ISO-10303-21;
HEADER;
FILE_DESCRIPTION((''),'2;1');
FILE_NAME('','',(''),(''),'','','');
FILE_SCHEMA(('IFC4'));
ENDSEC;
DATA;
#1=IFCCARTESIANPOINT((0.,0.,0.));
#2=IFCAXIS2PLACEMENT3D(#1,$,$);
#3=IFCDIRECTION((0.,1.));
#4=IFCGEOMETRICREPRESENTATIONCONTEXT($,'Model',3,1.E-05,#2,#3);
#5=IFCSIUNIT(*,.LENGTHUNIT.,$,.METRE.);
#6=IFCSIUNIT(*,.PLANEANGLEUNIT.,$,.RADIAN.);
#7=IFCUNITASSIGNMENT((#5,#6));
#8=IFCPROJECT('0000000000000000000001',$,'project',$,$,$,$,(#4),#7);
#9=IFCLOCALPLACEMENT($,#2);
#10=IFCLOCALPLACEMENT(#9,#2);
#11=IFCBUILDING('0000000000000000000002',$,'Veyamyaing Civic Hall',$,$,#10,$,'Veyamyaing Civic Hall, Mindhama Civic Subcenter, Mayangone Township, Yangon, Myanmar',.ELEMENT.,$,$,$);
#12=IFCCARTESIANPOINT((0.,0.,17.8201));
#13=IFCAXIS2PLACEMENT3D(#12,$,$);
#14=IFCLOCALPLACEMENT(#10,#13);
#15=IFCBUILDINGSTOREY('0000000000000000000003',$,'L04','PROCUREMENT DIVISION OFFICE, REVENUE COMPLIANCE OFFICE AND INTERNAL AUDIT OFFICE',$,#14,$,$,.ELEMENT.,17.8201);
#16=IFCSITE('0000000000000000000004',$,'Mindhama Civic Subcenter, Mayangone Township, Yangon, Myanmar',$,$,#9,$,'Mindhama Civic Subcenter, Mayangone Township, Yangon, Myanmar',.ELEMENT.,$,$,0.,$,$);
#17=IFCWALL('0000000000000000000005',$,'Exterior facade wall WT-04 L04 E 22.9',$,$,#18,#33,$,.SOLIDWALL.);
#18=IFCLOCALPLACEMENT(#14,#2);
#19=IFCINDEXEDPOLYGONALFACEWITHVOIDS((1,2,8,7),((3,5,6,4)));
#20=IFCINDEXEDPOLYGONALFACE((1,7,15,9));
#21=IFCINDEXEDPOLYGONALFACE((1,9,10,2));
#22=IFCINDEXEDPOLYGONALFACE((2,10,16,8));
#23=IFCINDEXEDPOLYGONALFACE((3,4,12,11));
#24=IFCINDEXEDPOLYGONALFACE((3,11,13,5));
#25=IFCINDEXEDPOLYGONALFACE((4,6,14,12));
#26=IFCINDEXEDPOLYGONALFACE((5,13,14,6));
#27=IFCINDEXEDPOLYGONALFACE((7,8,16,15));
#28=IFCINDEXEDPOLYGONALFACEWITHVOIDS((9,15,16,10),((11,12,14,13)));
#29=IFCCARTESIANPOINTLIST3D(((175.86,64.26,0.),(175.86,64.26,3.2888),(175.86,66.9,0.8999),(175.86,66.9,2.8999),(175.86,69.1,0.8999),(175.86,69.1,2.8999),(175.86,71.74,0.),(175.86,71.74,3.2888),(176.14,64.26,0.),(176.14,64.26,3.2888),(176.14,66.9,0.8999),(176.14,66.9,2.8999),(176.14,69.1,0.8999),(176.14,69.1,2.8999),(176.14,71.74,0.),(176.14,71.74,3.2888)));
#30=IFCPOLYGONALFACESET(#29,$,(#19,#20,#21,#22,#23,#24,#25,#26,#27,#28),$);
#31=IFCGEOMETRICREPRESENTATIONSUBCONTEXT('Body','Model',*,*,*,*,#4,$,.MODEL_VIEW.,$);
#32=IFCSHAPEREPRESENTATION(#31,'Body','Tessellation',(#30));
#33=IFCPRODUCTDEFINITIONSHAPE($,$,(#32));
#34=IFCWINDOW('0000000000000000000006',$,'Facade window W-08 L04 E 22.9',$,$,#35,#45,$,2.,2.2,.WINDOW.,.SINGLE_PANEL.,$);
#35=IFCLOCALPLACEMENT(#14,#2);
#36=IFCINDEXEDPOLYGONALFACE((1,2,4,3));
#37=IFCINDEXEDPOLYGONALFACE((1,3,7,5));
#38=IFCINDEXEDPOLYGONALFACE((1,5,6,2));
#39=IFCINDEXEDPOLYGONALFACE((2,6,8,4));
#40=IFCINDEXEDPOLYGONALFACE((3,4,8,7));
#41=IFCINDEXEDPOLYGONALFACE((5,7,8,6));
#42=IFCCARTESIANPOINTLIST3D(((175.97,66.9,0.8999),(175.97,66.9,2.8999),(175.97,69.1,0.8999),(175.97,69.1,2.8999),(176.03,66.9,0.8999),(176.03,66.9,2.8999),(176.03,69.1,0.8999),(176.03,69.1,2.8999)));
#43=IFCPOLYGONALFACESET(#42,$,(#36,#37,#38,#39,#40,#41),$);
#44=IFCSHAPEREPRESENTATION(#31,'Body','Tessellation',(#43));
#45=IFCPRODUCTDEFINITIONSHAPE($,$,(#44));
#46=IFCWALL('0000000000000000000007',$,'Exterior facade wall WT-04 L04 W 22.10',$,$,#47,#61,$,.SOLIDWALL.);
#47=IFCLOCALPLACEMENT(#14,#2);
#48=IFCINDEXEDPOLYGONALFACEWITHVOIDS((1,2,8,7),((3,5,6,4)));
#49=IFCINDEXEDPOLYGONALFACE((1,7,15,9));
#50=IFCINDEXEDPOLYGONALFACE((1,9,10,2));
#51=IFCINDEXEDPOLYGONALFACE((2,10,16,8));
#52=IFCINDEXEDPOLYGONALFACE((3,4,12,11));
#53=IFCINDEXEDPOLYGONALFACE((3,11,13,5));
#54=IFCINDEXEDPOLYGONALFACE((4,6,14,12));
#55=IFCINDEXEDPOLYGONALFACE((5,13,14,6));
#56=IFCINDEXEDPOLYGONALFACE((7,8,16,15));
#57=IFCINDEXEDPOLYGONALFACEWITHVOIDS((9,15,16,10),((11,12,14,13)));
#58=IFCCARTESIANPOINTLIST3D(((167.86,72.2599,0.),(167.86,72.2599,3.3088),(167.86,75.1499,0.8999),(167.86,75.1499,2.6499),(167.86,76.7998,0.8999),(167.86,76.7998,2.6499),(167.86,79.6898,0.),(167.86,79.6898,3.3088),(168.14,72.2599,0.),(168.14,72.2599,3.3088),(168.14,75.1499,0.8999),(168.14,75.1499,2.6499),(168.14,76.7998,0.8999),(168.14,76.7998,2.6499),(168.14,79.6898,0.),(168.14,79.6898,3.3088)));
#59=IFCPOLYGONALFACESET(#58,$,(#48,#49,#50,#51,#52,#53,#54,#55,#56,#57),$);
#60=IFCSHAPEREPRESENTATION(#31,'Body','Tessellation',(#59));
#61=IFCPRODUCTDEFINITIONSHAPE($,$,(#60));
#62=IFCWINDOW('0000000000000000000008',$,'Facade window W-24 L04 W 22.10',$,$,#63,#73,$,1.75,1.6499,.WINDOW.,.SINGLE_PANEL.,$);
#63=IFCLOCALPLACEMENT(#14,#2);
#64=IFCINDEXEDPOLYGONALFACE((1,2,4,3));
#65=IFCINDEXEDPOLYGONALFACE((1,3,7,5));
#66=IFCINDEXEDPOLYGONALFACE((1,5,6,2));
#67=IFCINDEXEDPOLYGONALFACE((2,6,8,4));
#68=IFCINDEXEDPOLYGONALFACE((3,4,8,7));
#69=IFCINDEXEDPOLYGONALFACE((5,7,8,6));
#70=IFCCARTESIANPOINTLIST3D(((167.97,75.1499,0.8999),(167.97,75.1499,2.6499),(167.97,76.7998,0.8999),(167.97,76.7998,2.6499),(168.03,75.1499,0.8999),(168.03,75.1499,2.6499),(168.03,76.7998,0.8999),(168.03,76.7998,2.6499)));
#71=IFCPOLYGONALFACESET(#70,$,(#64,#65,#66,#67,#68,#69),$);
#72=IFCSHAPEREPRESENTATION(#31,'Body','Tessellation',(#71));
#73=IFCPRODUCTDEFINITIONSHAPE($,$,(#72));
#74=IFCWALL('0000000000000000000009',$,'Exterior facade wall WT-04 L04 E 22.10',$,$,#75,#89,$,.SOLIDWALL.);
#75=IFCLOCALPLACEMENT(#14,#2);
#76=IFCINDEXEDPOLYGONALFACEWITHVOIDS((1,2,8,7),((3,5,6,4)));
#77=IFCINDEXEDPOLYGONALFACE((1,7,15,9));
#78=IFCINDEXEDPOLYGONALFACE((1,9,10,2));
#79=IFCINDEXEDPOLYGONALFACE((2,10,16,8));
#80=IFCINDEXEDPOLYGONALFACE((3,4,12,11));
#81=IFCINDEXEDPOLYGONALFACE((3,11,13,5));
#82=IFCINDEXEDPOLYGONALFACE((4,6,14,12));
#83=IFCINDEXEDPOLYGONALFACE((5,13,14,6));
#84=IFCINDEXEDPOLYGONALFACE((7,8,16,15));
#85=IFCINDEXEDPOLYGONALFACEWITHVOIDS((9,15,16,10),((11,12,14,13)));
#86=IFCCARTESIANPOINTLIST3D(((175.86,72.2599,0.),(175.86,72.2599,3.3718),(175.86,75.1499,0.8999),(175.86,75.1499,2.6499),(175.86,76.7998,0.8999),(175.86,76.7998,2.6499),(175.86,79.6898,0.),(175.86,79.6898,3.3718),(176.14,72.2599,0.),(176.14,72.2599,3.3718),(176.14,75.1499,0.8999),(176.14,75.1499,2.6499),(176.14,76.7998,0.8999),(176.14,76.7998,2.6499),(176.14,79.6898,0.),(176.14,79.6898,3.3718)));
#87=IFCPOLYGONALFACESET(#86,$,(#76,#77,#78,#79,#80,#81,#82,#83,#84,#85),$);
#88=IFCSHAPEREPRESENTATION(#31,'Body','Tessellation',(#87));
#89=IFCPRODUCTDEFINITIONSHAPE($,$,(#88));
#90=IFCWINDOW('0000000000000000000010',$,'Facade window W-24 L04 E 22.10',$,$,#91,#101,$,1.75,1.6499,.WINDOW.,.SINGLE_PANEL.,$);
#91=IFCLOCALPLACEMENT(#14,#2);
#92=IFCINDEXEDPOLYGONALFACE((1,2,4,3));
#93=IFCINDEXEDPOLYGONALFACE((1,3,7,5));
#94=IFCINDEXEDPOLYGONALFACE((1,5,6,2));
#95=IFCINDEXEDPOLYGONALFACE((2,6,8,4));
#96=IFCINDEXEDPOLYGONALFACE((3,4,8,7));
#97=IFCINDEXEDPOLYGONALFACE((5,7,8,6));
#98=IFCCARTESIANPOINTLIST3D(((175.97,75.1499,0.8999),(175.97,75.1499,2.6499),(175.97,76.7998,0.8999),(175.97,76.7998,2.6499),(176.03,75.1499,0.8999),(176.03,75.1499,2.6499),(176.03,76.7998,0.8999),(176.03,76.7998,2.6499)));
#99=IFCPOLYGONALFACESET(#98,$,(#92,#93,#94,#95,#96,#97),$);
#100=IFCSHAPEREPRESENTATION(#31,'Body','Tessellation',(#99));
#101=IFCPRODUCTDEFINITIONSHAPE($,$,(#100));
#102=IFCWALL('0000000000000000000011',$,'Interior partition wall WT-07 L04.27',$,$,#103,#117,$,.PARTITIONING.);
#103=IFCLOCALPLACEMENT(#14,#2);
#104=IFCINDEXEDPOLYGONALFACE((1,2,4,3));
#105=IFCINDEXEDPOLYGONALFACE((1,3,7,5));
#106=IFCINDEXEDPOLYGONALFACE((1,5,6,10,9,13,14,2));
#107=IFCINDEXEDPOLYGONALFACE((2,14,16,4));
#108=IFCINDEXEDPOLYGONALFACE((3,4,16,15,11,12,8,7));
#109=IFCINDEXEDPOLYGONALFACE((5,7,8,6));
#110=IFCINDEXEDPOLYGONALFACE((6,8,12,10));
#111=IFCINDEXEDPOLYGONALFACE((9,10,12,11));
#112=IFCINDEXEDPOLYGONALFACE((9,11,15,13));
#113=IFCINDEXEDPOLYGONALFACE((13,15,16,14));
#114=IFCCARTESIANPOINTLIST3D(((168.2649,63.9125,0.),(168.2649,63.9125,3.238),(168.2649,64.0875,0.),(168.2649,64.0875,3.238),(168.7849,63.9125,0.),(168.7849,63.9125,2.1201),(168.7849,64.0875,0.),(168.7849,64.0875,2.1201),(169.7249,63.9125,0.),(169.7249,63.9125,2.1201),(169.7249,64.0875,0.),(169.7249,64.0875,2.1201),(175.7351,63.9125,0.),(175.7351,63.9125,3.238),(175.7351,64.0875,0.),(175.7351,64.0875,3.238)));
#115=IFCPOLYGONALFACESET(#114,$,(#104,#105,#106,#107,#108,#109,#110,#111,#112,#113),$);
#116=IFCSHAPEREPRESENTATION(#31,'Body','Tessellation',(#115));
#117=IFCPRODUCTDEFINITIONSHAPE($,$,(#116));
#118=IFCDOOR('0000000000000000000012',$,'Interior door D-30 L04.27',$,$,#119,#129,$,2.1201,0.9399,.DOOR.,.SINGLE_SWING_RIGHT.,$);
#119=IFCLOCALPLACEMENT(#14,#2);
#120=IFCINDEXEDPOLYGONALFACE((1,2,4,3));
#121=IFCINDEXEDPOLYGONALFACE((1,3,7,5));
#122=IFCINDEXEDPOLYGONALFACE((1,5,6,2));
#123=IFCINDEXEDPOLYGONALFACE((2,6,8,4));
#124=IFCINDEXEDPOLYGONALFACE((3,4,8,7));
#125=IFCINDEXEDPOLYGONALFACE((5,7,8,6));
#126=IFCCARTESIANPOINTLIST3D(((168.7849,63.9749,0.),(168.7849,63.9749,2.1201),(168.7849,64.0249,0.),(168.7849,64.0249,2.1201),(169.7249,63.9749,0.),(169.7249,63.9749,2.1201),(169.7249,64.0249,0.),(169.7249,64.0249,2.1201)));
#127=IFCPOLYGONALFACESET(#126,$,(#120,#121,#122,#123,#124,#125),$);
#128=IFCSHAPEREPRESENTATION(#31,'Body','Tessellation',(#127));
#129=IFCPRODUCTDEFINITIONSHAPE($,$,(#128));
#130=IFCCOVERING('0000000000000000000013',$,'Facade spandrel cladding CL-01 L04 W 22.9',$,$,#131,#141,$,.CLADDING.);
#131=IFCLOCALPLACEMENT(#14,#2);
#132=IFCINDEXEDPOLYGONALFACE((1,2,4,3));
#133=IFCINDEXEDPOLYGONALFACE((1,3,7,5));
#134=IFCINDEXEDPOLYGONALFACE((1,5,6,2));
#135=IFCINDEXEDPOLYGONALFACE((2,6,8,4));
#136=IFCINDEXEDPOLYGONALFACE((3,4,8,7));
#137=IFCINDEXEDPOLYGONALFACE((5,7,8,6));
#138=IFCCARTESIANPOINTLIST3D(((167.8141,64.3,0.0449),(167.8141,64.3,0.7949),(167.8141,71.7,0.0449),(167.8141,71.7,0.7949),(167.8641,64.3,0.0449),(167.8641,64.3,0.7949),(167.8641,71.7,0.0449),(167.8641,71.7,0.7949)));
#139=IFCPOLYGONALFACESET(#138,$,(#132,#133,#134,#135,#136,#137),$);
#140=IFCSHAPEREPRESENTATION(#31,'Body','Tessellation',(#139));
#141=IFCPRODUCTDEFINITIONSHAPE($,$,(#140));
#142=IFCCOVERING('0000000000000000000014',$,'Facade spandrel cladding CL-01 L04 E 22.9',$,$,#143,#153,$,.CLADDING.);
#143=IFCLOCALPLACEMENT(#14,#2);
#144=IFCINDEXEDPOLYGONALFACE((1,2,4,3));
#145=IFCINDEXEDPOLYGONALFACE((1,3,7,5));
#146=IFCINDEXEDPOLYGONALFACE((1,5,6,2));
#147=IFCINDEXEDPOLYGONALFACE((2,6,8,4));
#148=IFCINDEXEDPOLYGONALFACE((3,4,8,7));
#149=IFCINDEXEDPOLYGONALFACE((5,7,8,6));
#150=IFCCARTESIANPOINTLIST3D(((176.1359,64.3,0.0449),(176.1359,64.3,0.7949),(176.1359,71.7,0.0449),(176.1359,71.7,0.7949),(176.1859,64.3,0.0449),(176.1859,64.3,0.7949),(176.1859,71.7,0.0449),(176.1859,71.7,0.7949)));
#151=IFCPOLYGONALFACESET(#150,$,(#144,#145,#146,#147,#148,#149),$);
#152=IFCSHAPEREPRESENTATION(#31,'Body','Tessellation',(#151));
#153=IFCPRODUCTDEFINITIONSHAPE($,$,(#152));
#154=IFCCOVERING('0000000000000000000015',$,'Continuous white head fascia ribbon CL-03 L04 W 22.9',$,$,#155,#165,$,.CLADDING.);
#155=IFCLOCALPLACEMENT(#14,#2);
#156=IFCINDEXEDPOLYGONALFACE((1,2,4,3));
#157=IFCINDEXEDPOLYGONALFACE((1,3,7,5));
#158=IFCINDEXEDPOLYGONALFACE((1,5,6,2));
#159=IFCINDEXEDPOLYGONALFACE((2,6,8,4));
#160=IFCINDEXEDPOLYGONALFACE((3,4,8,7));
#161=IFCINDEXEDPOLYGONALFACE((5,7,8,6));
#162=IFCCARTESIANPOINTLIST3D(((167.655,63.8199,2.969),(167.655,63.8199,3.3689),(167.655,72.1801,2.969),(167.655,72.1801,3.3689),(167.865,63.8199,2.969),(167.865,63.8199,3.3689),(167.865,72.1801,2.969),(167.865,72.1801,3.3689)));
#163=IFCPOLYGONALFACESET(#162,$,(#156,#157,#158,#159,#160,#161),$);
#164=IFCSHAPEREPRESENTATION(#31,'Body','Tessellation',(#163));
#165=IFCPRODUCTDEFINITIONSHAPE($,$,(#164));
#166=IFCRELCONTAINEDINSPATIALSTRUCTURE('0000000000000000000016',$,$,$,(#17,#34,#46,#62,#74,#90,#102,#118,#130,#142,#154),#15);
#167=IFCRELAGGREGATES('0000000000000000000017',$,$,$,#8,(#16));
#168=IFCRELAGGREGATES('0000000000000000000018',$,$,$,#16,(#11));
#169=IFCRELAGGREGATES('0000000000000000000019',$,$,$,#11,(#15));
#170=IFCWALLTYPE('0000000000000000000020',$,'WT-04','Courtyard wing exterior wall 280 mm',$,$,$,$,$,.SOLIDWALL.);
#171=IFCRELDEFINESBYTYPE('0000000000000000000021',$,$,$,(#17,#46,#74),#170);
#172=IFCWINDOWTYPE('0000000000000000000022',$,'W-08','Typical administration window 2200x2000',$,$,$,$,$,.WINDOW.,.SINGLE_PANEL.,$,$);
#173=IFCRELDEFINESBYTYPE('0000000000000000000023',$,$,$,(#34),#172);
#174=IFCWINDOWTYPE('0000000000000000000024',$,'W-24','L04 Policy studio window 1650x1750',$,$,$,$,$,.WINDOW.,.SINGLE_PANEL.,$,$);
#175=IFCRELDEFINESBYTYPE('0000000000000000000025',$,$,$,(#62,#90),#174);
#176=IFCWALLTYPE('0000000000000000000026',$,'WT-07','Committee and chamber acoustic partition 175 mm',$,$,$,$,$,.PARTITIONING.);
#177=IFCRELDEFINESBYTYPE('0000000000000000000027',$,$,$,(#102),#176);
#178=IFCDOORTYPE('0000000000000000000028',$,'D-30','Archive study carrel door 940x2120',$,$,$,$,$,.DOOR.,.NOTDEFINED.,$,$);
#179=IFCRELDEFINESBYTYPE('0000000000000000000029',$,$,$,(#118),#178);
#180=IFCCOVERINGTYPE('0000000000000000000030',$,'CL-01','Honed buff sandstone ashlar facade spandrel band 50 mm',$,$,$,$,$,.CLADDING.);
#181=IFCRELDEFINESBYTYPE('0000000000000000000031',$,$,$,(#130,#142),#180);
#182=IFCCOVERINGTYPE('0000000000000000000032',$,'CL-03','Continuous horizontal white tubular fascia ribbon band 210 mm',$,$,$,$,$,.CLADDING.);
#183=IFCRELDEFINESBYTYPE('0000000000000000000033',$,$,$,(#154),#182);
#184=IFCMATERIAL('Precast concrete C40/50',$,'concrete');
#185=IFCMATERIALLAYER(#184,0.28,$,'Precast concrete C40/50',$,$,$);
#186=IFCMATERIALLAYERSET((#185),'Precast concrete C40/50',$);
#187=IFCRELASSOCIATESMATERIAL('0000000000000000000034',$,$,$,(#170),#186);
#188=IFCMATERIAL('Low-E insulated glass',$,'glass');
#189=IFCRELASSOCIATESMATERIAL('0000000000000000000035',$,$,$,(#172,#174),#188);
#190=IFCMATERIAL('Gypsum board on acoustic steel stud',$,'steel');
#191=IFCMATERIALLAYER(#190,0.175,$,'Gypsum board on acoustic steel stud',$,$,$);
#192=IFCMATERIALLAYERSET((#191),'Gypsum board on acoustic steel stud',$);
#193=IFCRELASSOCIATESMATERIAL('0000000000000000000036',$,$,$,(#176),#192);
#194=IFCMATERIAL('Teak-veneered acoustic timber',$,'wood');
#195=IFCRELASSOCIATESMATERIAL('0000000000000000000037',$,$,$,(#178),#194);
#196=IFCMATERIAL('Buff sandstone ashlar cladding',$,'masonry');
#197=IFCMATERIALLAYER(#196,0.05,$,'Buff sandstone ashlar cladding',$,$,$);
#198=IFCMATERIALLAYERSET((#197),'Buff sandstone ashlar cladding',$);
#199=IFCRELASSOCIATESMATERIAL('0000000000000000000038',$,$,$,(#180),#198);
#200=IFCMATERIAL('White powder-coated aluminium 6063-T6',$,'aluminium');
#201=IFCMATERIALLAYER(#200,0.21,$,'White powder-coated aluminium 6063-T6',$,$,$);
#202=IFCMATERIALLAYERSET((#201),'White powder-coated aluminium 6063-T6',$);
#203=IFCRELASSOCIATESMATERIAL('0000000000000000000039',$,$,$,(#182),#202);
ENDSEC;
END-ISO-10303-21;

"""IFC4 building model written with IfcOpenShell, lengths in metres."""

from ifc_helpers import new_model, si_unit, direction, frame, frame_2d, origin, origin_2d, place, context, subcontext, project, spatial, rectangle, extrude, material, layer, layer_set, type_object, element, fill, save


model = new_model("IFC4")

# Units and contexts
model_context = context("Model", 3, precision=1e-05, world=origin(), true_north=direction((0.0, 1.0)))
body_context = subcontext(model_context, "Body", "Model", "MODEL_VIEW")
ifc_project = project(units=[si_unit("LENGTHUNIT", "METRE"), si_unit("PLANEANGLEUNIT", "RADIAN")], contexts=[model_context])

# Site, building, storey
site_placement = place(None, origin())
site = spatial("IfcSite", under=ifc_project, at=site_placement, Name="Mindhama Civic Subcenter, Mayangone Township, Yangon, Myanmar", LongName="Mindhama Civic Subcenter, Mayangone Township, Yangon, Myanmar", CompositionType="ELEMENT", RefElevation=0.0)
building_placement = place(site_placement, origin())
building = spatial("IfcBuilding", under=site, at=building_placement, Name="Veyamyaing Civic Hall", LongName="Veyamyaing Civic Hall, Mindhama Civic Subcenter, Mayangone Township, Yangon, Myanmar", CompositionType="ELEMENT")
storey_placement = place(building_placement, frame((0.0, 0.0, 17.8201)))
storey = spatial("IfcBuildingStorey", under=building, at=storey_placement, Name="L04", Description="PROCUREMENT DIVISION OFFICE, REVENUE COMPLIANCE OFFICE AND INTERNAL AUDIT OFFICE", CompositionType="ELEMENT", Elevation=17.8201)

# Walls, openings, windows
ifc_material_1 = material(Name="Precast concrete C40/50", Category="concrete")
ifc_layer_1 = layer(ifc_material_1, 0.28, Name="Precast concrete C40/50")
ifc_layer_set_1 = layer_set([ifc_layer_1], Name="Precast concrete C40/50")
wall_type_1 = type_object("IfcWallType", Name="WT-04", Description="Courtyard wing exterior wall 280 mm", PredefinedType="SOLIDWALL", material=ifc_layer_set_1)
ifc_material_2 = material(Name="Low-E insulated glass", Category="glass")
window_type_1 = type_object("IfcWindowType", Name="W-08", Description="Typical administration window 2200x2000", PartitioningType="SINGLE_PANEL", PredefinedType="WINDOW", material=ifc_material_2)
wall_1_placement = place(storey_placement, frame((176.0, 64.26, 0.0), z_axis=(0.0, 0.0, 1.0), x_axis=(0.0, 1.0, 0.0)))
wall_1 = element("IfcWall", 1, at=wall_1_placement, inside=storey, type_object=wall_type_1, Name="Exterior facade wall WT-04 L04 E 22.9", PredefinedType="SOLIDWALL", context=body_context, shape_type="SweptSolid", body=[
    extrude(rectangle(XDim=7.48, YDim=0.28, at=frame_2d((3.74, 0.0))), origin(), (0.0, 0.0, 1.0), 3.2888),
])
opening_1_placement = place(wall_1_placement, frame((2.6399, 0.0, 0.8999)))
opening_1 = element("IfcOpeningElement", 2, at=opening_1_placement, cuts=wall_1, PredefinedType="OPENING", context=body_context, shape_type="SweptSolid", body=[
    extrude(rectangle(XDim=2.2, YDim=2.0, at=frame_2d((1.1001, 1.0))), frame((0.0, 0.1499, 0.0), z_axis=(0.0, -1.0, 0.0), x_axis=(1.0, 0.0, 0.0)), (0.0, 0.0, 1.0), 0.3),
])
window_1_placement = place(opening_1_placement, origin())
window_1 = element("IfcWindow", 3, at=window_1_placement, inside=storey, type_object=window_type_1, Name="Facade window W-08 L04 E 22.9", OverallHeight=2.0, OverallWidth=2.2, PartitioningType="SINGLE_PANEL", PredefinedType="WINDOW", context=body_context, shape_type="SweptSolid", body=[
    extrude(rectangle(XDim=2.2, YDim=2.0, at=frame_2d((1.1001, 1.0))), frame((0.0, 0.03, 0.0), z_axis=(0.0, -1.0, 0.0), x_axis=(1.0, 0.0, 0.0)), (0.0, 0.0, 1.0), 0.0601),
])
fill(opening_1, window_1)
wall_2_placement = place(storey_placement, frame((168.0, 72.26, 0.0), z_axis=(0.0, 0.0, 1.0), x_axis=(0.0, 1.0, 0.0)))
wall_2 = element("IfcWall", 4, at=wall_2_placement, inside=storey, type_object=wall_type_1, Name="Exterior facade wall WT-04 L04 W 22.10", PredefinedType="SOLIDWALL", context=body_context, shape_type="SweptSolid", body=[
    extrude(rectangle(XDim=7.4299, YDim=0.28, at=frame_2d((3.7148, 0.0))), origin(), (0.0, 0.0, 1.0), 3.3088),
])
opening_2_placement = place(wall_2_placement, frame((2.8899, 0.0, 0.8999)))
opening_2 = element("IfcOpeningElement", 5, at=opening_2_placement, cuts=wall_2, PredefinedType="OPENING", context=body_context, shape_type="SweptSolid", body=[
    extrude(rectangle(XDim=1.6499, YDim=1.75, at=frame_2d((0.825, 0.875))), frame((0.0, 0.1499, 0.0), z_axis=(0.0, -1.0, 0.0), x_axis=(1.0, 0.0, 0.0)), (0.0, 0.0, 1.0), 0.3),
])
window_type_2 = type_object("IfcWindowType", Name="W-24", Description="L04 Policy studio window 1650x1750", PartitioningType="SINGLE_PANEL", PredefinedType="WINDOW", material=ifc_material_2)
window_2_placement = place(opening_2_placement, origin())
window_2 = element("IfcWindow", 6, at=window_2_placement, inside=storey, type_object=window_type_2, Name="Facade window W-24 L04 W 22.10", OverallHeight=1.75, OverallWidth=1.6499, PartitioningType="SINGLE_PANEL", PredefinedType="WINDOW", context=body_context, shape_type="SweptSolid", body=[
    extrude(rectangle(XDim=1.6499, YDim=1.75, at=frame_2d((0.825, 0.875))), frame((0.0, 0.03, 0.0), z_axis=(0.0, -1.0, 0.0), x_axis=(1.0, 0.0, 0.0)), (0.0, 0.0, 1.0), 0.0601),
])
fill(opening_2, window_2)
wall_3_placement = place(storey_placement, frame((176.0, 72.26, 0.0), z_axis=(0.0, 0.0, 1.0), x_axis=(0.0, 1.0, 0.0)))
wall_3 = element("IfcWall", 7, at=wall_3_placement, inside=storey, type_object=wall_type_1, Name="Exterior facade wall WT-04 L04 E 22.10", PredefinedType="SOLIDWALL", context=body_context, shape_type="SweptSolid", body=[
    extrude(rectangle(XDim=7.4299, YDim=0.28, at=frame_2d((3.7148, 0.0))), origin(), (0.0, 0.0, 1.0), 3.3718),
])
opening_3_placement = place(wall_3_placement, frame((2.8899, 0.0, 0.8999)))
opening_3 = element("IfcOpeningElement", 8, at=opening_3_placement, cuts=wall_3, PredefinedType="OPENING", context=body_context, shape_type="SweptSolid", body=[
    extrude(rectangle(XDim=1.6499, YDim=1.75, at=frame_2d((0.825, 0.875))), frame((0.0, 0.1499, 0.0), z_axis=(0.0, -1.0, 0.0), x_axis=(1.0, 0.0, 0.0)), (0.0, 0.0, 1.0), 0.3),
])
window_3_placement = place(opening_3_placement, origin())
window_3 = element("IfcWindow", 9, at=window_3_placement, inside=storey, type_object=window_type_2, Name="Facade window W-24 L04 E 22.10", OverallHeight=1.75, OverallWidth=1.6499, PartitioningType="SINGLE_PANEL", PredefinedType="WINDOW", context=body_context, shape_type="SweptSolid", body=[
    extrude(rectangle(XDim=1.6499, YDim=1.75, at=frame_2d((0.825, 0.875))), frame((0.0, 0.03, 0.0), z_axis=(0.0, -1.0, 0.0), x_axis=(1.0, 0.0, 0.0)), (0.0, 0.0, 1.0), 0.0601),
])
fill(opening_3, window_3)

# Wall, opening, door
ifc_material_3 = material(Name="Gypsum board on acoustic steel stud", Category="steel")
ifc_layer_2 = layer(ifc_material_3, 0.175, Name="Gypsum board on acoustic steel stud")
ifc_layer_set_2 = layer_set([ifc_layer_2], Name="Gypsum board on acoustic steel stud")
wall_type_2 = type_object("IfcWallType", Name="WT-07", Description="Committee and chamber acoustic partition 175 mm", PredefinedType="PARTITIONING", material=ifc_layer_set_2)
wall_4_placement = place(storey_placement, frame((168.2649, 64.0, 0.0), z_axis=(0.0, 0.0, 1.0), x_axis=(1.0, 0.0, 0.0)))
wall_4 = element("IfcWall", 10, at=wall_4_placement, inside=storey, type_object=wall_type_2, Name="Interior partition wall WT-07 L04.27", PredefinedType="PARTITIONING", context=body_context, shape_type="SweptSolid", body=[
    extrude(rectangle(XDim=7.4702, YDim=0.175, at=frame_2d((3.7351, 0.0))), origin(), (0.0, 0.0, 1.0), 3.238),
])
opening_4_placement = place(wall_4_placement, frame((0.52, 0.0, 0.0)))
opening_4 = element("IfcOpeningElement", 11, at=opening_4_placement, cuts=wall_4, PredefinedType="OPENING", context=body_context, shape_type="SweptSolid", body=[
    extrude(rectangle(XDim=0.9399, YDim=2.1201, at=frame_2d((0.47, 1.0601))), frame((0.0, 0.0974, 0.0), z_axis=(0.0, -1.0, 0.0), x_axis=(1.0, 0.0, 0.0)), (0.0, 0.0, 1.0), 0.1951),
])
ifc_material_4 = material(Name="Teak-veneered acoustic timber", Category="wood")
door_type = type_object("IfcDoorType", Name="D-30", Description="Archive study carrel door 940x2120", OperationType="NOTDEFINED", PredefinedType="DOOR", material=ifc_material_4)
door_placement = place(opening_4_placement, origin())
door = element("IfcDoor", 12, at=door_placement, inside=storey, type_object=door_type, Name="Interior door D-30 L04.27", OperationType="SINGLE_SWING_RIGHT", OverallHeight=2.1201, OverallWidth=0.9399, PredefinedType="DOOR", context=body_context, shape_type="SweptSolid", body=[
    extrude(rectangle(XDim=0.9399, YDim=2.1201, at=frame_2d((0.47, 1.0601))), frame((0.0, 0.0249, 0.0), z_axis=(0.0, -1.0, 0.0), x_axis=(1.0, 0.0, 0.0)), (0.0, 0.0, 1.0), 0.05),
])
fill(opening_4, door)

# Coverings
ifc_material_5 = material(Name="Buff sandstone ashlar cladding", Category="masonry")
ifc_layer_3 = layer(ifc_material_5, 0.05, Name="Buff sandstone ashlar cladding")
ifc_layer_set_3 = layer_set([ifc_layer_3], Name="Buff sandstone ashlar cladding")
covering_type_1 = type_object("IfcCoveringType", Name="CL-01", Description="Honed buff sandstone ashlar facade spandrel band 50 mm", PredefinedType="CLADDING", material=ifc_layer_set_3)
for number, where, z_axis, x_axis, name in (
    (13, (167.8391, 68.0, 0.0449), (0.0, 0.0, 1.0), (0.0, 1.0, 0.0), "Facade spandrel cladding CL-01 L04 W 22.9"),
    (14, (176.1609, 68.0, 0.0449), (0.0, 0.0, 1.0), (0.0, 1.0, 0.0), "Facade spandrel cladding CL-01 L04 E 22.9"),
):
    element("IfcCovering", number, at=place(storey_placement, frame(where, z_axis=z_axis, x_axis=x_axis)), inside=storey, type_object=covering_type_1, Name=name, PredefinedType="CLADDING", context=body_context, shape_type="SweptSolid", body=[
        extrude(rectangle(XDim=7.3999, YDim=0.05, at=origin_2d()), origin(), (0.0, 0.0, 1.0), 0.75),
    ])
ifc_material_6 = material(Name="White powder-coated aluminium 6063-T6", Category="aluminium")
ifc_layer_4 = layer(ifc_material_6, 0.21, Name="White powder-coated aluminium 6063-T6")
ifc_layer_set_4 = layer_set([ifc_layer_4], Name="White powder-coated aluminium 6063-T6")
covering_type_2 = type_object("IfcCoveringType", Name="CL-03", Description="Continuous horizontal white tubular fascia ribbon band 210 mm", PredefinedType="CLADDING", material=ifc_layer_set_4)
for number, where, z_axis, x_axis, name in (
    (15, (167.76, 68.0, 2.969), (0.0, 0.0, 1.0), (0.0, 1.0, 0.0), "Continuous white head fascia ribbon CL-03 L04 W 22.9"),
):
    element("IfcCovering", number, at=place(storey_placement, frame(where, z_axis=z_axis, x_axis=x_axis)), inside=storey, type_object=covering_type_2, Name=name, PredefinedType="CLADDING", context=body_context, shape_type="SweptSolid", body=[
        extrude(rectangle(XDim=8.3601, YDim=0.21, at=origin_2d()), origin(), (0.0, 0.0, 1.0), 0.3999),
    ])

save(model, "model.ifc")
